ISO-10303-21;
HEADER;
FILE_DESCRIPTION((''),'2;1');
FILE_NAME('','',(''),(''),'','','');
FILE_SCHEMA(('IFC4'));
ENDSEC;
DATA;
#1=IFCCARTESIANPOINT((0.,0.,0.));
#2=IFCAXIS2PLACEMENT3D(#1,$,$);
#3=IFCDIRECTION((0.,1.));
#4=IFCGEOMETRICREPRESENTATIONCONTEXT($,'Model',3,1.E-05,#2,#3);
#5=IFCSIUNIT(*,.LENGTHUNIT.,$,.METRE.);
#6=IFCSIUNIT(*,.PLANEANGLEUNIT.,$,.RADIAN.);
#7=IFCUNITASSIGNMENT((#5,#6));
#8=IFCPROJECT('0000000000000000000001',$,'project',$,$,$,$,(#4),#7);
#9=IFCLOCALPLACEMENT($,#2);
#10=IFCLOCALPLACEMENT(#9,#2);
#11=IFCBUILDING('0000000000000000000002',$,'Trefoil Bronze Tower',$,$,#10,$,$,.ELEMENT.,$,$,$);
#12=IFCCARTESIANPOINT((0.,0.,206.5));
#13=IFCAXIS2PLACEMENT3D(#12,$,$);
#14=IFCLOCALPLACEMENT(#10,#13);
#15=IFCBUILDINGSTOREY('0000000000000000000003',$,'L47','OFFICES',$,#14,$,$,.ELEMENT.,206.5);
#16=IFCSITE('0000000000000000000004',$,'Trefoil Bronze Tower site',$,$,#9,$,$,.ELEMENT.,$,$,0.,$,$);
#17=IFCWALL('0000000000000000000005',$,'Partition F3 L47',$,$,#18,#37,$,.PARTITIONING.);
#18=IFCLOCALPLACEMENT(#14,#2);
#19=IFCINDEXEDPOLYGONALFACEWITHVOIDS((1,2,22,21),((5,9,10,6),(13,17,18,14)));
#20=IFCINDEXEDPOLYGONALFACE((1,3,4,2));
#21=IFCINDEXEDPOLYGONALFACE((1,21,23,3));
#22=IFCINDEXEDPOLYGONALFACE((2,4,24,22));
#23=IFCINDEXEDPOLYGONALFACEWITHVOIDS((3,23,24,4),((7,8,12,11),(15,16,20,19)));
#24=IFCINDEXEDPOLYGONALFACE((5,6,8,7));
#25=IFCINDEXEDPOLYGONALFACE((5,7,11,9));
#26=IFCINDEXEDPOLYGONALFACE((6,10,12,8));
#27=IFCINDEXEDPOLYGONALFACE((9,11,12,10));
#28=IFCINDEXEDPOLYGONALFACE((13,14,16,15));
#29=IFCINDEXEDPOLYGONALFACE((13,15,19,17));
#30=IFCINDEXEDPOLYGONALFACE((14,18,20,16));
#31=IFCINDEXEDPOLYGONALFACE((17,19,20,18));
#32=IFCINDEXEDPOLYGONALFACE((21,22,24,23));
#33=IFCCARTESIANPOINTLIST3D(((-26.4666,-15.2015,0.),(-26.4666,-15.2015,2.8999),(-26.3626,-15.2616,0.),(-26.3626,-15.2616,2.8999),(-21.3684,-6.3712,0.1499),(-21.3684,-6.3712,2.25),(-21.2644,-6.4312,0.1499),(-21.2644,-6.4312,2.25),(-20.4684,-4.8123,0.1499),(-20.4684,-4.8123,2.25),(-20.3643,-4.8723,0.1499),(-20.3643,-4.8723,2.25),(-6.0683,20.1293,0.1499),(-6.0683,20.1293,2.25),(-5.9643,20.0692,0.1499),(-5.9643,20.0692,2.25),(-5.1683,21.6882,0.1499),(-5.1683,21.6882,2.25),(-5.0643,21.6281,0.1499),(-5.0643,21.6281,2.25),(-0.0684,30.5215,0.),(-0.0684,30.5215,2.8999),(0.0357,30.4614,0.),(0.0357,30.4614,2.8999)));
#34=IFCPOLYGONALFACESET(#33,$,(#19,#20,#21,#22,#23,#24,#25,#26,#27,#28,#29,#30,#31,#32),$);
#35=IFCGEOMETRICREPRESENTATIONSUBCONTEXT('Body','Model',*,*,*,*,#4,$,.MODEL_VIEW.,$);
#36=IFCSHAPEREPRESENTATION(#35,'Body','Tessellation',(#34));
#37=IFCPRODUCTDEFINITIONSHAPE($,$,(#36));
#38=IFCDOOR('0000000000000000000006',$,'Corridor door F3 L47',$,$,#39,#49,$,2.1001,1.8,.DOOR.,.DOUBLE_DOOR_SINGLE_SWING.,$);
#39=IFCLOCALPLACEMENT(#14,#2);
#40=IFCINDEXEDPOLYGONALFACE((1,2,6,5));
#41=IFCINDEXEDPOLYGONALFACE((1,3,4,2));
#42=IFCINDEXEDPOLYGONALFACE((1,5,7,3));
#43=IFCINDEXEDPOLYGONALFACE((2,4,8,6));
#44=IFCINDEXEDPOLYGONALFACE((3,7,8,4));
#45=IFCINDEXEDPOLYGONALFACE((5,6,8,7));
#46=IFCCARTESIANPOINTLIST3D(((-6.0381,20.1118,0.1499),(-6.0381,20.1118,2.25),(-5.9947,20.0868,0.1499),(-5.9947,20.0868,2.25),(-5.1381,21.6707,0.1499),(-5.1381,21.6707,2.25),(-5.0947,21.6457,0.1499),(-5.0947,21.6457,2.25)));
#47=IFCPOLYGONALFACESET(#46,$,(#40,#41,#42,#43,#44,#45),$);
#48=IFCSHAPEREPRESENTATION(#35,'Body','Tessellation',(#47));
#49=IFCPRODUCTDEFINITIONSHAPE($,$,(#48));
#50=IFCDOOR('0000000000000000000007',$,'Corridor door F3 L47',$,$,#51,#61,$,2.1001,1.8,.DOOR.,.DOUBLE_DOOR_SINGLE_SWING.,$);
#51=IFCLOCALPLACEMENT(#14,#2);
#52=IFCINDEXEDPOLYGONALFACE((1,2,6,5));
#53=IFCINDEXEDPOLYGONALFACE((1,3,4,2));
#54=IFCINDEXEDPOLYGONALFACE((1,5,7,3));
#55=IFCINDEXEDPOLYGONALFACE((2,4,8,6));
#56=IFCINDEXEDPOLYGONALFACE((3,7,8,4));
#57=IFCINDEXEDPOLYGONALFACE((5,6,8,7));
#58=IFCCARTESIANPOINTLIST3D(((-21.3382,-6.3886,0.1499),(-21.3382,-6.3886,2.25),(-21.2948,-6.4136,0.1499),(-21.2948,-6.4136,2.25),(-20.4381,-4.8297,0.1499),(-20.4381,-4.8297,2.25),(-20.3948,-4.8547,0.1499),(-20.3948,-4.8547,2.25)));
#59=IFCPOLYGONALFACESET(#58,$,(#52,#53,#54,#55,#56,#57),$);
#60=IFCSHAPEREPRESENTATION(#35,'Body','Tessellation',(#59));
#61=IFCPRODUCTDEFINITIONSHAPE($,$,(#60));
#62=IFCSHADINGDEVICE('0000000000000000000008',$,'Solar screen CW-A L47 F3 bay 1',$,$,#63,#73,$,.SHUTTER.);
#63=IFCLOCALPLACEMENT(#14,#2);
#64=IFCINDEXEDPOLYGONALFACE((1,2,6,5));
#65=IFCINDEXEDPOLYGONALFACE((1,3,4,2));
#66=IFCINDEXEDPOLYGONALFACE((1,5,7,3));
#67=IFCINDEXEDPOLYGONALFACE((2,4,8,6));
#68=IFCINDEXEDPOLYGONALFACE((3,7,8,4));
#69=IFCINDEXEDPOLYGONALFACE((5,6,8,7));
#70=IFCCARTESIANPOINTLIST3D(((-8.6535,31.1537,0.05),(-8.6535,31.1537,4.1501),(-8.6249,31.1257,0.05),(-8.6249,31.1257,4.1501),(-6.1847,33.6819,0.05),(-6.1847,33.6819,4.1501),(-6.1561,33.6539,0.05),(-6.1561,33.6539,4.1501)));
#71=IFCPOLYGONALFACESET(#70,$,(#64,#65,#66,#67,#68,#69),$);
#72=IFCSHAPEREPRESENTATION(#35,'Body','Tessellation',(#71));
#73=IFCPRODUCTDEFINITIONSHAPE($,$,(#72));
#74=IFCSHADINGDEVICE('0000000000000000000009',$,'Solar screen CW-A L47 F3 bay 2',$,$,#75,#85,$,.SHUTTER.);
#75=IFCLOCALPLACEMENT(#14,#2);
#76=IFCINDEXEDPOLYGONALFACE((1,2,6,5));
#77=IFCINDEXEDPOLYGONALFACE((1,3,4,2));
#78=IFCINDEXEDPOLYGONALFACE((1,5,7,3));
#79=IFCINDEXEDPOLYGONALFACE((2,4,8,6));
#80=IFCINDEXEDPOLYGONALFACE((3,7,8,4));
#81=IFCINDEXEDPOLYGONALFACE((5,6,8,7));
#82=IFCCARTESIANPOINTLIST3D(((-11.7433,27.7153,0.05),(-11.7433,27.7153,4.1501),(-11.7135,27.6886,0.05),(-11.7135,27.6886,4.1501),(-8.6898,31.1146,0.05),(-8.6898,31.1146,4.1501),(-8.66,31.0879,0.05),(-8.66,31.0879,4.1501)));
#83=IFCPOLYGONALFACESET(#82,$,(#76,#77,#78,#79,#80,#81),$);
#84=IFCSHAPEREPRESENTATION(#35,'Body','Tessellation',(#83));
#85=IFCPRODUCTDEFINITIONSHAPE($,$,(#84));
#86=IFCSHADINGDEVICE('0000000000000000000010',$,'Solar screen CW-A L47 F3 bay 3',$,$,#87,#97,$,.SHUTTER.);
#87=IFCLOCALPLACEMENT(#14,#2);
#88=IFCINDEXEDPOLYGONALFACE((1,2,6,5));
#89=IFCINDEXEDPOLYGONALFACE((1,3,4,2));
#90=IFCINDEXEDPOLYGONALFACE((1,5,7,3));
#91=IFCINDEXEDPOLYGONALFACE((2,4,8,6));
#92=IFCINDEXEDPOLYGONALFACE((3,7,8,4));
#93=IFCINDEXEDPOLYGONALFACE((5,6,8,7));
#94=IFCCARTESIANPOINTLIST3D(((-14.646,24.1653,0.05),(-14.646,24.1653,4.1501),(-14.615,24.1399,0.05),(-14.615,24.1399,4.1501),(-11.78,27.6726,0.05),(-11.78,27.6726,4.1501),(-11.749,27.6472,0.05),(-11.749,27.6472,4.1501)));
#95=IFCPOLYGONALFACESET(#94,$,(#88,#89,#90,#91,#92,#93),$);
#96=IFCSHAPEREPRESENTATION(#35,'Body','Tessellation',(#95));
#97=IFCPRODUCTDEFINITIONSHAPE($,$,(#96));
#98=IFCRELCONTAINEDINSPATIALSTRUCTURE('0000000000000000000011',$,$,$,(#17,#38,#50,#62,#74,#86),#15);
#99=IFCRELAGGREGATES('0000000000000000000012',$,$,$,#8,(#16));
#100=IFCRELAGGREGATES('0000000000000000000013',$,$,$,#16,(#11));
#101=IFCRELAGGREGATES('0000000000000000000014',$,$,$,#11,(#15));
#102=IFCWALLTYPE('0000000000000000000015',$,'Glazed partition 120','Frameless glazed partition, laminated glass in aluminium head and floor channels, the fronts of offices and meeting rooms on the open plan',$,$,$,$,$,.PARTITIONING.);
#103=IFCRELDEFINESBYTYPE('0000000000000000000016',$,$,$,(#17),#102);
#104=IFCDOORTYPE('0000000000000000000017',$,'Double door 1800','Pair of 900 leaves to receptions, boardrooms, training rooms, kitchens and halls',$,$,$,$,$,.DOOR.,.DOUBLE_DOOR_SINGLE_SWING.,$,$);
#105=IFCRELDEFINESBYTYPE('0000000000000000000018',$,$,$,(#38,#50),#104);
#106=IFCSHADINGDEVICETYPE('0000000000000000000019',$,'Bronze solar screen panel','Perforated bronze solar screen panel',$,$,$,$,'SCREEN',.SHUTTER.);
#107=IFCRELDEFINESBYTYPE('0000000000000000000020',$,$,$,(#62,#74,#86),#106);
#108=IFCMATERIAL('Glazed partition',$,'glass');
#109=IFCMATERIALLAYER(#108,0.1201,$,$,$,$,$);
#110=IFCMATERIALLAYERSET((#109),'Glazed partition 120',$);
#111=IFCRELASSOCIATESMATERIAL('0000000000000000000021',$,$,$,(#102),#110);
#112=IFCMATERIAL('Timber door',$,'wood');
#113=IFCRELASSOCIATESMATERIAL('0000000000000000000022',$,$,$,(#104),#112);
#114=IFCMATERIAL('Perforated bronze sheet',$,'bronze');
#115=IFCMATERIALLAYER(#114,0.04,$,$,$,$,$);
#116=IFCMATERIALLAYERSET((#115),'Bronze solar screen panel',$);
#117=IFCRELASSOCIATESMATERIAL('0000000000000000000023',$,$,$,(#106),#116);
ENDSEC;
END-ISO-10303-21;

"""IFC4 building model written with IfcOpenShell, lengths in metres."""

from ifc_helpers import new_model, si_unit, direction, frame, frame_2d, origin, origin_2d, place, context, subcontext, project, spatial, rectangle, extrude, material, layer, layer_set, type_object, element, fill, save


model = new_model("IFC4")

# Units and contexts
model_context = context("Model", 3, precision=1e-05, world=origin(), true_north=direction((0.0, 1.0)))
body_context = subcontext(model_context, "Body", "Model", "MODEL_VIEW")
ifc_project = project(units=[si_unit("LENGTHUNIT", "METRE"), si_unit("PLANEANGLEUNIT", "RADIAN")], contexts=[model_context])

# Site, building, storey
site_placement = place(None, origin())
site = spatial("IfcSite", under=ifc_project, at=site_placement, Name="Trefoil Bronze Tower site", CompositionType="ELEMENT", RefElevation=0.0)
building_placement = place(site_placement, origin())
building = spatial("IfcBuilding", under=site, at=building_placement, Name="Trefoil Bronze Tower", CompositionType="ELEMENT")
storey_placement = place(building_placement, frame((0.0, 0.0, 206.5)))
storey = spatial("IfcBuildingStorey", under=building, at=storey_placement, Name="L47", Description="OFFICES", CompositionType="ELEMENT", Elevation=206.5)

# Wall, openings, doors
ifc_material_1 = material(Name="Glazed partition", Category="glass")
ifc_layer_1 = layer(ifc_material_1, 0.1201)
ifc_layer_set_1 = layer_set([ifc_layer_1], Name="Glazed partition 120")
wall_type = type_object("IfcWallType", Name="Glazed partition 120", Description="Frameless glazed partition, laminated glass in aluminium head and floor channels, the fronts of offices and meeting rooms on the open plan", PredefinedType="PARTITIONING", material=ifc_layer_set_1)
wall_placement = place(storey_placement, frame((-0.0164, 30.4915, 0.0), z_axis=(0.0, 0.0, 1.0), x_axis=(-0.500001, -0.866025, 0.0)))
wall = element("IfcWall", 1, at=wall_placement, inside=storey, type_object=wall_type, Name="Partition F3 L47", PredefinedType="PARTITIONING", context=body_context, shape_type="SweptSolid", body=[
    extrude(rectangle(XDim=52.7964, YDim=0.1201, at=frame_2d((26.3982, 0.0))), origin(), (0.0, 0.0, 1.0), 2.8999),
])
opening_1_placement = place(wall_placement, frame((10.2, 0.0, 0.1499)))
opening_1 = element("IfcOpeningElement", 2, at=opening_1_placement, cuts=wall, PredefinedType="OPENING", context=body_context, shape_type="SweptSolid", body=[
    extrude(rectangle(XDim=1.8, YDim=2.1001, at=frame_2d((0.8999, 1.05))), frame((0.0, 0.0701, 0.0), z_axis=(0.0, -1.0, 0.0), x_axis=(1.0, 0.0, 0.0)), (0.0, 0.0, 1.0), 0.1401),
])
opening_2_placement = place(wall_placement, frame((40.8, 0.0, 0.1499)))
opening_2 = element("IfcOpeningElement", 3, at=opening_2_placement, cuts=wall, PredefinedType="OPENING", context=body_context, shape_type="SweptSolid", body=[
    extrude(rectangle(XDim=1.8, YDim=2.1001, at=frame_2d((0.8999, 1.05))), frame((0.0, 0.0701, 0.0), z_axis=(0.0, -1.0, 0.0), x_axis=(1.0, 0.0, 0.0)), (0.0, 0.0, 1.0), 0.1401),
])
ifc_material_2 = material(Name="Timber door", Category="wood")
door_type = type_object("IfcDoorType", Name="Double door 1800", Description="Pair of 900 leaves to receptions, boardrooms, training rooms, kitchens and halls", OperationType="DOUBLE_DOOR_SINGLE_SWING", PredefinedType="DOOR", material=ifc_material_2)
door_1_placement = place(opening_1_placement, origin())
door_1 = element("IfcDoor", 4, at=door_1_placement, inside=storey, type_object=door_type, Name="Corridor door F3 L47", OperationType="DOUBLE_DOOR_SINGLE_SWING", OverallHeight=2.1001, OverallWidth=1.8, PredefinedType="DOOR", context=body_context, shape_type="SweptSolid", body=[
    extrude(rectangle(XDim=1.8, YDim=2.1001, at=frame_2d((0.8999, 1.05))), frame((0.0, 0.0249, 0.0), z_axis=(0.0, -1.0, 0.0), x_axis=(1.0, 0.0, 0.0)), (0.0, 0.0, 1.0), 0.05),
])
fill(opening_1, door_1)
door_2_placement = place(opening_2_placement, origin())
door_2 = element("IfcDoor", 5, at=door_2_placement, inside=storey, type_object=door_type, Name="Corridor door F3 L47", OperationType="DOUBLE_DOOR_SINGLE_SWING", OverallHeight=2.1001, OverallWidth=1.8, PredefinedType="DOOR", context=body_context, shape_type="SweptSolid", body=[
    extrude(rectangle(XDim=1.8, YDim=2.1001, at=frame_2d((0.8999, 1.05))), frame((0.0, 0.0249, 0.0), z_axis=(0.0, -1.0, 0.0), x_axis=(1.0, 0.0, 0.0)), (0.0, 0.0, 1.0), 0.05),
])
fill(opening_2, door_2)

# Shading devices
ifc_material_3 = material(Name="Perforated bronze sheet", Category="bronze")
ifc_layer_2 = layer(ifc_material_3, 0.04)
ifc_layer_set_2 = layer_set([ifc_layer_2], Name="Bronze solar screen panel")
shading_device_type = type_object("IfcShadingDeviceType", Name="Bronze solar screen panel", Description="Perforated bronze solar screen panel", ElementType="SCREEN", PredefinedType="SHUTTER", material=ifc_layer_set_2)
shading_device_1_placement = place(storey_placement, frame((-7.4048, 32.4038, 0.05), z_axis=(0.0, 0.0, 1.0), x_axis=(-0.698652, -0.715462, 0.0)))
element("IfcShadingDevice", 6, at=shading_device_1_placement, inside=storey, type_object=shading_device_type, Name="Solar screen CW-A L47 F3 bay 1", PredefinedType="SHUTTER", context=body_context, shape_type="SweptSolid", body=[
    extrude(rectangle(XDim=3.5337, YDim=0.04, at=origin_2d()), origin(), (0.0, 0.0, 1.0), 4.1001),
])
shading_device_2_placement = place(storey_placement, frame((-10.2017, 29.4016, 0.05), z_axis=(0.0, 0.0, 1.0), x_axis=(-0.668246, -0.743941, 0.0)))
element("IfcShadingDevice", 7, at=shading_device_2_placement, inside=storey, type_object=shading_device_type, Name="Solar screen CW-A L47 F3 bay 2", PredefinedType="SHUTTER", context=body_context, shape_type="SweptSolid", body=[
    extrude(rectangle(XDim=4.5693, YDim=0.04, at=origin_2d()), origin(), (0.0, 0.0, 1.0), 4.1001),
])
shading_device_3_placement = place(storey_placement, frame((-13.1975, 25.9062, 0.05), z_axis=(0.0, 0.0, 1.0), x_axis=(-0.632753, -0.774354, 0.0)))
element("IfcShadingDevice", 8, at=shading_device_3_placement, inside=storey, type_object=shading_device_type, Name="Solar screen CW-A L47 F3 bay 3", PredefinedType="SHUTTER", context=body_context, shape_type="SweptSolid", body=[
    extrude(rectangle(XDim=4.5293, YDim=0.04, at=origin_2d()), origin(), (0.0, 0.0, 1.0), 4.1001),
])

save(model, "model.ifc")
